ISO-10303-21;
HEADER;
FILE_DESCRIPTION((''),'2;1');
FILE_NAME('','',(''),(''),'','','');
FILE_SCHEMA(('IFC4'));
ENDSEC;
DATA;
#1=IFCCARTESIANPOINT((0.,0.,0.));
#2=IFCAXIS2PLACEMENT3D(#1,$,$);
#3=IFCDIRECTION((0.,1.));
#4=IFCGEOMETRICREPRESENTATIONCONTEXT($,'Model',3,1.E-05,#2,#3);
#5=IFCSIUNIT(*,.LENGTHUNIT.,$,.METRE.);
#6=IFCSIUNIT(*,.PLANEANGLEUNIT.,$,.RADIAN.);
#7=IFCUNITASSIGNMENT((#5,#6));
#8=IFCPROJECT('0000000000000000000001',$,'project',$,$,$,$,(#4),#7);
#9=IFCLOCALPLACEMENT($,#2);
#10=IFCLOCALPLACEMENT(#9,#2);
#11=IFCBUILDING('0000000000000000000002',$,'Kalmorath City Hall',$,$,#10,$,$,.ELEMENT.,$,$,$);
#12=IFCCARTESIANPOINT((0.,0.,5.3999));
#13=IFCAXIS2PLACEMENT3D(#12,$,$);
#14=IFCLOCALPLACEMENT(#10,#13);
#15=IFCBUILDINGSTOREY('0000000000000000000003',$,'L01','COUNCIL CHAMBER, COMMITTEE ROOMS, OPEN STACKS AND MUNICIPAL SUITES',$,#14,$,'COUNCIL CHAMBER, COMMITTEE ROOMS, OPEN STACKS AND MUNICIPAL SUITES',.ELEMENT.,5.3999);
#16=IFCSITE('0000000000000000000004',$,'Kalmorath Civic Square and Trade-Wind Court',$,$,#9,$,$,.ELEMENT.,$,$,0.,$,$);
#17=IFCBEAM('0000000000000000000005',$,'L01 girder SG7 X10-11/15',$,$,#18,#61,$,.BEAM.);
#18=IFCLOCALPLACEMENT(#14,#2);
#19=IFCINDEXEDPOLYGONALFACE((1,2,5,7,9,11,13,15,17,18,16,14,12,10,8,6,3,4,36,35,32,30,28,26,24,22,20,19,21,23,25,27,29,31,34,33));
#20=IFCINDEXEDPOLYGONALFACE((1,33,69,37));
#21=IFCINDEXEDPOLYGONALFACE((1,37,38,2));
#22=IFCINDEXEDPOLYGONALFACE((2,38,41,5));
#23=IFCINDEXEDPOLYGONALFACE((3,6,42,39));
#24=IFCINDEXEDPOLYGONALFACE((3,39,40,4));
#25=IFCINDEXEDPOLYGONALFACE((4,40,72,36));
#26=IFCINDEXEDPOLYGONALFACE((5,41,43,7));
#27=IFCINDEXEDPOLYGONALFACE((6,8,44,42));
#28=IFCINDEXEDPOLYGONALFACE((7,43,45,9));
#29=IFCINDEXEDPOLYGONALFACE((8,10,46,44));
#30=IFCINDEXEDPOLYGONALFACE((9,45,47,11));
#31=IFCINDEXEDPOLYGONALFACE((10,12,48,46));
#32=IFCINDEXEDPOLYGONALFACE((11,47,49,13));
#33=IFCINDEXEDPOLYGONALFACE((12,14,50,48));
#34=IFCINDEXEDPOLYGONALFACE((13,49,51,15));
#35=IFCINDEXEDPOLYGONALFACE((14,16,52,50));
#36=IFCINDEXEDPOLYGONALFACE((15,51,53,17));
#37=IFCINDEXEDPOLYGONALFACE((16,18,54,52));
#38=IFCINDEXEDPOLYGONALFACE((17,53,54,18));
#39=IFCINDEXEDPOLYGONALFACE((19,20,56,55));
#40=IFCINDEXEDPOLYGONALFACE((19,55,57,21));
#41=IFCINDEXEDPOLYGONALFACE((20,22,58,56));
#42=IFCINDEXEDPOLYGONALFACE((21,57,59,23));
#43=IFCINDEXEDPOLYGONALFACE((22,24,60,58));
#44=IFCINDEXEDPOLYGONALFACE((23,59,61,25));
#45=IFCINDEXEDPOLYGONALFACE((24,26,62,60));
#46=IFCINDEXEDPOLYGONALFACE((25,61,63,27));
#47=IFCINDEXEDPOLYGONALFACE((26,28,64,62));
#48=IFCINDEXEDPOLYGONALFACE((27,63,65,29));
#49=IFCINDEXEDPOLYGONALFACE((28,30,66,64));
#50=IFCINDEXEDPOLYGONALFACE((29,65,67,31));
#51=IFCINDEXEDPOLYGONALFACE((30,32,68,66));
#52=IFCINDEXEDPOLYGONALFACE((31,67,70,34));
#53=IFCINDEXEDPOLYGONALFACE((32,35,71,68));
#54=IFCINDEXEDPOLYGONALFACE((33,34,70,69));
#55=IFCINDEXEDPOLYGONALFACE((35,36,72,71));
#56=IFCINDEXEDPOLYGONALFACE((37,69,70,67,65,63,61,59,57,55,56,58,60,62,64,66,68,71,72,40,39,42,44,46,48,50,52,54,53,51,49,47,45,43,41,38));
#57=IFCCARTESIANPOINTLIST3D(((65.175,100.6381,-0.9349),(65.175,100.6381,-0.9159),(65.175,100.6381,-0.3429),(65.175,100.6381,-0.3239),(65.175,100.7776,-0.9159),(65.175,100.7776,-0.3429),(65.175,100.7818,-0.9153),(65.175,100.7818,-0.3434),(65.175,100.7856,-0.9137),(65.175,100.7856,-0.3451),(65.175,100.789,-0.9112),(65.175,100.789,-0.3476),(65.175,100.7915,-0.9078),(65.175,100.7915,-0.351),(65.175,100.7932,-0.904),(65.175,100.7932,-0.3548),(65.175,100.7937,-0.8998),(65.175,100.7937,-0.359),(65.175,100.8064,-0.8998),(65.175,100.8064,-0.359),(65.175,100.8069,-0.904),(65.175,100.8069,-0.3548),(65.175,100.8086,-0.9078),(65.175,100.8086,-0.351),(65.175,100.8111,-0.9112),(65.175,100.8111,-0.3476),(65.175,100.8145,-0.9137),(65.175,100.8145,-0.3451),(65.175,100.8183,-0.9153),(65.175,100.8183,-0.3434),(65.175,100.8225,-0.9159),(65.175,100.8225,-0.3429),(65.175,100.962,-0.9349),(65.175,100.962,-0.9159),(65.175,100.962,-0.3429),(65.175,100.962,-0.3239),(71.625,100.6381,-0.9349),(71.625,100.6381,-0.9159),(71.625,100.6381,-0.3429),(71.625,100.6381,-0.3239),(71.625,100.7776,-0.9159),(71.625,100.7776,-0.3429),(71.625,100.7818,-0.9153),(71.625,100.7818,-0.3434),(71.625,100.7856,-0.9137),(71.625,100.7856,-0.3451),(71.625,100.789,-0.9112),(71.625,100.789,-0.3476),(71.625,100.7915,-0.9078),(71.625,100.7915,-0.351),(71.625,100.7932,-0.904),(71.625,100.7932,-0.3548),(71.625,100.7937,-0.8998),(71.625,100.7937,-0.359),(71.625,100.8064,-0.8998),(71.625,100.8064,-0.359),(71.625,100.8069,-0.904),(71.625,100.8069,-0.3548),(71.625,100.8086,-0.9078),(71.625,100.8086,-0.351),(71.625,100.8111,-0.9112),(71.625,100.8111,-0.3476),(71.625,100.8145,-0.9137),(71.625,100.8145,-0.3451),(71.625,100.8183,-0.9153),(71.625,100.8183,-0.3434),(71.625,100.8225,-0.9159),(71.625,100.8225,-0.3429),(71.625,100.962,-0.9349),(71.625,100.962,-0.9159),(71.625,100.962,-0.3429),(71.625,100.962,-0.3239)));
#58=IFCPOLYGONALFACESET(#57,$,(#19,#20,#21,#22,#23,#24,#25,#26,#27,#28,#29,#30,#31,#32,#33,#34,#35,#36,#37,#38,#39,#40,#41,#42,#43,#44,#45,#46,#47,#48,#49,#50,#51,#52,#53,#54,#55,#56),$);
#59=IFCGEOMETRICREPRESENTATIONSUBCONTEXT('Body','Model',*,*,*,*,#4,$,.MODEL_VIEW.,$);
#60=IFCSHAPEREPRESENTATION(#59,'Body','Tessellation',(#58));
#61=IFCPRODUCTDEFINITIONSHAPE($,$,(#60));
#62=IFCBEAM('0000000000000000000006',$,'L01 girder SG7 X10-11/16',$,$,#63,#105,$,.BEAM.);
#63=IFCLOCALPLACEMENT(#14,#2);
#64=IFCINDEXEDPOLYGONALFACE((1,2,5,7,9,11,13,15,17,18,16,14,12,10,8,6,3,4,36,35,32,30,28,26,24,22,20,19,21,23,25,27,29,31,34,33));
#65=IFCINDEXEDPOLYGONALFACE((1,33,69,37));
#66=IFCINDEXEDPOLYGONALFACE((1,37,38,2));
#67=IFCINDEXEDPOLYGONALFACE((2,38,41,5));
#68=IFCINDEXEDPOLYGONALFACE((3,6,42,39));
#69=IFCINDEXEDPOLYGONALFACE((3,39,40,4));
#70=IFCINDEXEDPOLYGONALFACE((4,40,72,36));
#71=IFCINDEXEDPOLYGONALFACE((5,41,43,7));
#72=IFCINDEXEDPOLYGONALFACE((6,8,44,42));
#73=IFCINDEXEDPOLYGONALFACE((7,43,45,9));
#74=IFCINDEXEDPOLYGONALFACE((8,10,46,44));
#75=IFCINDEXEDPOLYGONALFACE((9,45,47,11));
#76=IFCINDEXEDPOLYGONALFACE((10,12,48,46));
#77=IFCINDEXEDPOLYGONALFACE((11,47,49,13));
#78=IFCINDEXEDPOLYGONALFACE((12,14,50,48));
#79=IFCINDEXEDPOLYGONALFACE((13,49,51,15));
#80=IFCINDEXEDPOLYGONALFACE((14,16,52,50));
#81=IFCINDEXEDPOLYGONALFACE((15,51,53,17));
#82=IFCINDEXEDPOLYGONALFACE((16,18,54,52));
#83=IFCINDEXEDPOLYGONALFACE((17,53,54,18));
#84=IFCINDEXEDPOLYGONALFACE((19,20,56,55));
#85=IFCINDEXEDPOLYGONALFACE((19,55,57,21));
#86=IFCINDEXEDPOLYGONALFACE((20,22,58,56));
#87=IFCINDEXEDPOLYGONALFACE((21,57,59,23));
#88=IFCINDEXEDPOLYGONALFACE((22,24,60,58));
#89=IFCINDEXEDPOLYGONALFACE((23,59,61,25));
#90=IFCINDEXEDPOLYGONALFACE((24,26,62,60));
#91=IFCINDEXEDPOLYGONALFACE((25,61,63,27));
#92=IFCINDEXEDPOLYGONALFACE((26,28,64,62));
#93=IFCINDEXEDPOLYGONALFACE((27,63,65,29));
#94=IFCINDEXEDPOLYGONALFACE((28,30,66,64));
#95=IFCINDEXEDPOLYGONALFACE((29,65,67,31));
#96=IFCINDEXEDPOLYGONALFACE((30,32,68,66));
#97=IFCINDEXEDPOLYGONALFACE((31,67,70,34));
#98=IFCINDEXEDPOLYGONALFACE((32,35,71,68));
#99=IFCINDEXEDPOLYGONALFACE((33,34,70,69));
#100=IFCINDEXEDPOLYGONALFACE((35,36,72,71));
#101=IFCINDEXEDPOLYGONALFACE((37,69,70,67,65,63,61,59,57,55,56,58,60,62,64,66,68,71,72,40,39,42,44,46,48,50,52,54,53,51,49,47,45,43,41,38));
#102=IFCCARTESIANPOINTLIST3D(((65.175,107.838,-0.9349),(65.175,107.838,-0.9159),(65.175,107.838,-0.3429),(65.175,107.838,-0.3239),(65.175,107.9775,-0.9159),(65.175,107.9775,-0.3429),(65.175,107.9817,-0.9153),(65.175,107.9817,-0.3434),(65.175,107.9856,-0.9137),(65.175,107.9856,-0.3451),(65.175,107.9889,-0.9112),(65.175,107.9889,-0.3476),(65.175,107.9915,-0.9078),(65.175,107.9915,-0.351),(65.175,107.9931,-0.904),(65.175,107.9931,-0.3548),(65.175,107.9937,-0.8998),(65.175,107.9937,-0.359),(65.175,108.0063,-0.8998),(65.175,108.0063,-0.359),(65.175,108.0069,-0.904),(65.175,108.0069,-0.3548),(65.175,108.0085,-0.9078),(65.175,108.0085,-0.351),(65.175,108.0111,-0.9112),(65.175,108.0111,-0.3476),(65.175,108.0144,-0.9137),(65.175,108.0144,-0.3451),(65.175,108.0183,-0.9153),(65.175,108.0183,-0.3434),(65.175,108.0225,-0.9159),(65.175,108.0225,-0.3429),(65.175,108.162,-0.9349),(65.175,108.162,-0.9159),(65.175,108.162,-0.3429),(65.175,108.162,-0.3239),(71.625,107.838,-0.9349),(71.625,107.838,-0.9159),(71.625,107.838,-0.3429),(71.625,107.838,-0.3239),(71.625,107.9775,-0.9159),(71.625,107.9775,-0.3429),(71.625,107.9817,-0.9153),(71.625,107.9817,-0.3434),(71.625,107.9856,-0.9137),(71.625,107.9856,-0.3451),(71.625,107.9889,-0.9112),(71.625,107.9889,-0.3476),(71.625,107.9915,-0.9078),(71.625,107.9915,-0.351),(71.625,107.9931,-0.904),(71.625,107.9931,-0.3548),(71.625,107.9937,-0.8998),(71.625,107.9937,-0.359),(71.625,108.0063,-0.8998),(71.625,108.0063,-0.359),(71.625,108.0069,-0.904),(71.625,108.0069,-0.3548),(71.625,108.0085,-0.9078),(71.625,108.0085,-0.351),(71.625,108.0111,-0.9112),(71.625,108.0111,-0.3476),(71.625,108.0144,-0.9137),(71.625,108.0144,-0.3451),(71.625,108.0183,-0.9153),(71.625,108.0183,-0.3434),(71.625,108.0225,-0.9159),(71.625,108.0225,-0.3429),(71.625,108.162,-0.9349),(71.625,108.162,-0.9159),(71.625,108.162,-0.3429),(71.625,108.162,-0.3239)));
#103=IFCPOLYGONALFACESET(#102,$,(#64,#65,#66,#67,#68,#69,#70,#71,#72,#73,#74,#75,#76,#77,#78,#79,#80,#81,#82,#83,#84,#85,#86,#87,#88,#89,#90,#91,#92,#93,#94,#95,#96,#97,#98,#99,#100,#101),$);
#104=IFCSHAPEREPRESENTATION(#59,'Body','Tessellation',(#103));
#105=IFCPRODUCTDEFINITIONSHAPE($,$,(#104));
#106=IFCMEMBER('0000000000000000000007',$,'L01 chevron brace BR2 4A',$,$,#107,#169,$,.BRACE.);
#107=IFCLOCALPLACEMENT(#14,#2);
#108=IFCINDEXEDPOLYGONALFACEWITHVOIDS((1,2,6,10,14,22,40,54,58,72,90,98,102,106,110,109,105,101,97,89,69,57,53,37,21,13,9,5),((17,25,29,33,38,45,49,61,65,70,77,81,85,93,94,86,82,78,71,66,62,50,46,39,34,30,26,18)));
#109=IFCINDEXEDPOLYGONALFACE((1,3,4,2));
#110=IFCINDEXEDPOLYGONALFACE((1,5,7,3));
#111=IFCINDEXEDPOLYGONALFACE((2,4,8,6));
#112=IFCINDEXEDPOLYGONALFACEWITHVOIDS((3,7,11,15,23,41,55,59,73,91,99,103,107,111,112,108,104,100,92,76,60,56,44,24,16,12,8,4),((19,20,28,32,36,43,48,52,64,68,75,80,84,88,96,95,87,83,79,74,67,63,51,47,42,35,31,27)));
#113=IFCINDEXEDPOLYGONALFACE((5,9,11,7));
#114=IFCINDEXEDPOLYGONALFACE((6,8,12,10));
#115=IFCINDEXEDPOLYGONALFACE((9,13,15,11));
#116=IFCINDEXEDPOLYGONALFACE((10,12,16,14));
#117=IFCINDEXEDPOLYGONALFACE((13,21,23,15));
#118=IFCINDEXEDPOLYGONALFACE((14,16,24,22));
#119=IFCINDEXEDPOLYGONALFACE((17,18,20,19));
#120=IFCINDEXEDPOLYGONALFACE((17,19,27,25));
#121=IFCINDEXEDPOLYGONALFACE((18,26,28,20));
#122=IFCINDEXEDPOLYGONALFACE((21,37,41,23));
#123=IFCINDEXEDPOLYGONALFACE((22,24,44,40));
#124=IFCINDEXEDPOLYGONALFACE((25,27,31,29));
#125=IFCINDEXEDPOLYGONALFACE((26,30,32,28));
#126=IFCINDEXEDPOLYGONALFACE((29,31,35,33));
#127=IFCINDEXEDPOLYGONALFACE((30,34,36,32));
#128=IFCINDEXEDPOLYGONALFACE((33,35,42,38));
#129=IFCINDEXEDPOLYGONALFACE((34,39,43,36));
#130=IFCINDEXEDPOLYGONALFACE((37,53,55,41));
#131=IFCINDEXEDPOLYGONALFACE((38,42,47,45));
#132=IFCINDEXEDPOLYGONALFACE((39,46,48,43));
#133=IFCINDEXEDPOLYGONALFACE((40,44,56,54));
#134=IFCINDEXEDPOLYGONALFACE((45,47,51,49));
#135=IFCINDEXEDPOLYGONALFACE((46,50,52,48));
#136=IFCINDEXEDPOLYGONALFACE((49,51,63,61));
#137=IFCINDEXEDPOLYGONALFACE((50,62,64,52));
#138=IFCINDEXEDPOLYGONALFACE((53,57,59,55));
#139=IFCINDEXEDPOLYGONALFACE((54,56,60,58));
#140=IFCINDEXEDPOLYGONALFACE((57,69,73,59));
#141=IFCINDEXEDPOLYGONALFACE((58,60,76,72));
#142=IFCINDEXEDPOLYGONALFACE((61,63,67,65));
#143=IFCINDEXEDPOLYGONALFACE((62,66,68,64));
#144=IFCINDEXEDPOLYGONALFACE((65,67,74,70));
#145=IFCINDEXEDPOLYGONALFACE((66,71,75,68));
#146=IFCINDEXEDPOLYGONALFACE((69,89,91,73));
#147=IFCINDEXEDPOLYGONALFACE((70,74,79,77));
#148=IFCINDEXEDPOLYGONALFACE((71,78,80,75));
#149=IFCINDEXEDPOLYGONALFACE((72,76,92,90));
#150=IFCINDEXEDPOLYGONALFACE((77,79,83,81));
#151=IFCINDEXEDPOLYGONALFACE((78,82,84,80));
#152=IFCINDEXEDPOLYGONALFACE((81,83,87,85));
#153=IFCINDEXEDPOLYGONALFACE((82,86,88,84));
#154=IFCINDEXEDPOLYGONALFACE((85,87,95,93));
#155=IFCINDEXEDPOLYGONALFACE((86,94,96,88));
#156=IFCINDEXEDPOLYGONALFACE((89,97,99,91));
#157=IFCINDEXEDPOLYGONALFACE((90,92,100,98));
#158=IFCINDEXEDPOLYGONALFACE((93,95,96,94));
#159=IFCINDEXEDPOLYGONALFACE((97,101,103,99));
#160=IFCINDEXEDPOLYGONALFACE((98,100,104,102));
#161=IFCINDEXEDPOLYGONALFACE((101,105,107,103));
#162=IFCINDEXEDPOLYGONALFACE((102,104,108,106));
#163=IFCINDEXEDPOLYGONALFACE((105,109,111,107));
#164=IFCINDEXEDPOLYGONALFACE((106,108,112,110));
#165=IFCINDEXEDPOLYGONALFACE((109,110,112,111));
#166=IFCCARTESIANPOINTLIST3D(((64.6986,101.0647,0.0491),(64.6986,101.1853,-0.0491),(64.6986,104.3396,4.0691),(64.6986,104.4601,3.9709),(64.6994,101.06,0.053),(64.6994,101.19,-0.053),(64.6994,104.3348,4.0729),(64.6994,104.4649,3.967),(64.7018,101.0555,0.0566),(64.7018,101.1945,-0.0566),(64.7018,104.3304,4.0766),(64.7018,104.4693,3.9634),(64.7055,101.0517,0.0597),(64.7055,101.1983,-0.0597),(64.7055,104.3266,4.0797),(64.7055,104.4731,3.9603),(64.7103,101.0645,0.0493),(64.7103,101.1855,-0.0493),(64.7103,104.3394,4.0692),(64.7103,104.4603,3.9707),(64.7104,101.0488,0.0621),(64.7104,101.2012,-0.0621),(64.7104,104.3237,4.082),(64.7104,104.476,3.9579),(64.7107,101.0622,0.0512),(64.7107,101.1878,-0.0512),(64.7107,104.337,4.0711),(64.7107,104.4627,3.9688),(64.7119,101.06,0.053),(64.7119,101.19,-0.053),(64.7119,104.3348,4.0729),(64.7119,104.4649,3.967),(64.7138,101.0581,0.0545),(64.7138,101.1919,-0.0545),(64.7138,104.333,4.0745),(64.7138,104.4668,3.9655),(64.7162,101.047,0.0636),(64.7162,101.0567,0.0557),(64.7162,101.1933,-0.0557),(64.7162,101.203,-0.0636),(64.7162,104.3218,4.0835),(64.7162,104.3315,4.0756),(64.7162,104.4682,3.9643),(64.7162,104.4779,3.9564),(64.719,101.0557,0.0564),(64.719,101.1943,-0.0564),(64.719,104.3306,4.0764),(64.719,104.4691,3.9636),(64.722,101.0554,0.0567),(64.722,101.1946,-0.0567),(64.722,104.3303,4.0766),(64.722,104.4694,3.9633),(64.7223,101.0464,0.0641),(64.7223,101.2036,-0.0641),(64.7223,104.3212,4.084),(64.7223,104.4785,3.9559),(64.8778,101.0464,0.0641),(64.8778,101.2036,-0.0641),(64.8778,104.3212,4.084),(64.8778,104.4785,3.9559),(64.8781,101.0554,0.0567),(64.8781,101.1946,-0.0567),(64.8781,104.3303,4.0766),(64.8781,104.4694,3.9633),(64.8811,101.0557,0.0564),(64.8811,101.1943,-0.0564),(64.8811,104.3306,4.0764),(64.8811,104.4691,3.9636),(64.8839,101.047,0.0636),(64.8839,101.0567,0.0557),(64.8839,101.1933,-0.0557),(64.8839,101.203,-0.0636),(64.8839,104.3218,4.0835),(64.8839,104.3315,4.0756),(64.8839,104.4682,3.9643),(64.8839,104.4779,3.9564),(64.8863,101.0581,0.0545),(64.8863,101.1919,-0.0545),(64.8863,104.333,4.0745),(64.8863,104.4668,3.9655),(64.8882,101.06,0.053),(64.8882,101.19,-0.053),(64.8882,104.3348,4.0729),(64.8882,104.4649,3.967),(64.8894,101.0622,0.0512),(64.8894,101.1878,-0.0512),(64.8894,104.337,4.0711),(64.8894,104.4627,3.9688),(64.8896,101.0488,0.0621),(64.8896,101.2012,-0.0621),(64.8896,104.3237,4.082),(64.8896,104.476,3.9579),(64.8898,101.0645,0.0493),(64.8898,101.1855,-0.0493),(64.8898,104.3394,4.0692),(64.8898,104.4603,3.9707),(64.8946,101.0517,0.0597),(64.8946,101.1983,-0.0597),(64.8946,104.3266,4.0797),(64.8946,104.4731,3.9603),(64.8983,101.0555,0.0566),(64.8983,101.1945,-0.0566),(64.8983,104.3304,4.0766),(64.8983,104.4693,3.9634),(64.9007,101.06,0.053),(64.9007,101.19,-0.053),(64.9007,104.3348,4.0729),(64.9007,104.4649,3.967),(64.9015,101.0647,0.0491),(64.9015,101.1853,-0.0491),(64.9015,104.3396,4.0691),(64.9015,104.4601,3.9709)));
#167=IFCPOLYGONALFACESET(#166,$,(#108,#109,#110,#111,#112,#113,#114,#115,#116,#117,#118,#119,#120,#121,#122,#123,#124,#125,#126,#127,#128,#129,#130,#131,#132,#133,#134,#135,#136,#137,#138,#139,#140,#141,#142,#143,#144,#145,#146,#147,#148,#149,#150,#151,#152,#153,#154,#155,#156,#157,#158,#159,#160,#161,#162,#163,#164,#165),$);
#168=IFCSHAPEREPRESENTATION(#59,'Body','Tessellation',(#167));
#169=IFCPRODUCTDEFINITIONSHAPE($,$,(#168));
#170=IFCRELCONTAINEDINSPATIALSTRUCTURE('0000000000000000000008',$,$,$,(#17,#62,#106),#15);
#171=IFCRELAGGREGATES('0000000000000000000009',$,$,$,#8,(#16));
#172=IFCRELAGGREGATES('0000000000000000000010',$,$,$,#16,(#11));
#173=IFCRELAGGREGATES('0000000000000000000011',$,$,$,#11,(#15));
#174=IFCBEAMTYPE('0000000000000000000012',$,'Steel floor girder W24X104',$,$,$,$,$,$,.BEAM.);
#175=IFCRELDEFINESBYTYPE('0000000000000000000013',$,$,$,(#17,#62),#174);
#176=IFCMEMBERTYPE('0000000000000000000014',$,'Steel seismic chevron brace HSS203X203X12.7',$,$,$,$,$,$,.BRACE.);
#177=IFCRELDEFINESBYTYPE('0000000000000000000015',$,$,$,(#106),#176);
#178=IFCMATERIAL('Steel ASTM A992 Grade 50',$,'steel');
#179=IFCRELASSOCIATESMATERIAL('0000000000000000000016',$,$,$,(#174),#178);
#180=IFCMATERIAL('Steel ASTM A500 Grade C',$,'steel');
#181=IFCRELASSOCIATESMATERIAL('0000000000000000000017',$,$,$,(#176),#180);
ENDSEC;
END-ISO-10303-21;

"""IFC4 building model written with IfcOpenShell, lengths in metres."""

from ifc_helpers import new_model, si_unit, direction, frame, origin, origin_2d, place, context, subcontext, project, spatial, hollow_rectangle, i_section, extrude, material, material_profile, profile_set, type_object, element, save


model = new_model("IFC4")

# Units and contexts
model_context = context("Model", 3, precision=1e-05, world=origin(), true_north=direction((0.0, 1.0)))
body_context = subcontext(model_context, "Body", "Model", "MODEL_VIEW")
ifc_project = project(units=[si_unit("LENGTHUNIT", "METRE"), si_unit("PLANEANGLEUNIT", "RADIAN")], contexts=[model_context])

# Site, building, storey
site_placement = place(None, origin())
site = spatial("IfcSite", under=ifc_project, at=site_placement, Name="Kalmorath Civic Square and Trade-Wind Court", CompositionType="ELEMENT", RefElevation=0.0)
building_placement = place(site_placement, origin())
building = spatial("IfcBuilding", under=site, at=building_placement, Name="Kalmorath City Hall", CompositionType="ELEMENT")
storey_placement = place(building_placement, frame((0.0, 0.0, 5.3999)))
storey = spatial("IfcBuildingStorey", under=building, at=storey_placement, Name="L01", Description="COUNCIL CHAMBER, COMMITTEE ROOMS, OPEN STACKS AND MUNICIPAL SUITES", LongName="COUNCIL CHAMBER, COMMITTEE ROOMS, OPEN STACKS AND MUNICIPAL SUITES", CompositionType="ELEMENT", Elevation=5.3999)

# Beams
ifc_material_1 = material(Name="Steel ASTM A992 Grade 50", Category="steel")
ifc_material_profile_1 = material_profile(ifc_material_1, i_section(OverallWidth=0.324, OverallDepth=0.6111, WebThickness=0.0127, FlangeThickness=0.019, FilletRadius=0.0161, at=origin_2d()), Name="W24X104")
ifc_profile_set_1 = profile_set([ifc_material_profile_1], Name="Steel ASTM A992 Grade 50")
beam_type_1 = type_object("IfcBeamType", Name="Steel floor girder W24X104", PredefinedType="BEAM", material=ifc_profile_set_1)
for number, where, z_axis, x_axis, name in (
    (1, (65.175, 100.8, -0.6294), (1.0, 0.0, 0.0), (0.0, 1.0, 0.0), "L01 girder SG7 X10-11/15"),
    (2, (65.175, 108.0, -0.6294), (1.0, 0.0, 0.0), (0.0, 1.0, 0.0), "L01 girder SG7 X10-11/16"),
):
    element("IfcBeam", number, at=place(storey_placement, frame(where, z_axis=z_axis, x_axis=x_axis)), inside=storey, type_object=beam_type_1, Name=name, PredefinedType="BEAM", context=body_context, shape_type="SweptSolid", body=[
        extrude(i_section(OverallWidth=0.324, OverallDepth=0.6111, WebThickness=0.0127, FlangeThickness=0.019, FilletRadius=0.0161, at=origin_2d()), origin(), (0.0, 0.0, 1.0), 6.45),
    ])

# Member
ifc_material_2 = material(Name="Steel ASTM A500 Grade C", Category="steel")
ifc_material_profile_2 = material_profile(ifc_material_2, hollow_rectangle(XDim=0.2029, YDim=0.2029, WallThickness=0.0117, InnerFilletRadius=0.0117, OuterFilletRadius=0.0237, at=origin_2d()), Name="HSS203X203X12.7")
ifc_profile_set_2 = profile_set([ifc_material_profile_2], Name="Steel ASTM A500 Grade C")
member_type = type_object("IfcMemberType", Name="Steel seismic chevron brace HSS203X203X12.7", PredefinedType="BRACE", material=ifc_profile_set_2)
member_1_placement = place(storey_placement, frame((64.8, 101.125, 0.0), z_axis=(0.0, 0.631595, 0.775298), x_axis=(-1.0, 0.0, 0.0)))
element("IfcMember", 3, at=member_1_placement, inside=storey, type_object=member_type, Name="L01 chevron brace BR2 4A", PredefinedType="BRACE", context=body_context, shape_type="SweptSolid", body=[
    extrude(hollow_rectangle(XDim=0.2029, YDim=0.2029, WallThickness=0.0117, InnerFilletRadius=0.0117, OuterFilletRadius=0.0237, at=origin_2d()), origin(), (0.0, 0.0, 1.0), 5.1851),
])

save(model, "model.ifc")
